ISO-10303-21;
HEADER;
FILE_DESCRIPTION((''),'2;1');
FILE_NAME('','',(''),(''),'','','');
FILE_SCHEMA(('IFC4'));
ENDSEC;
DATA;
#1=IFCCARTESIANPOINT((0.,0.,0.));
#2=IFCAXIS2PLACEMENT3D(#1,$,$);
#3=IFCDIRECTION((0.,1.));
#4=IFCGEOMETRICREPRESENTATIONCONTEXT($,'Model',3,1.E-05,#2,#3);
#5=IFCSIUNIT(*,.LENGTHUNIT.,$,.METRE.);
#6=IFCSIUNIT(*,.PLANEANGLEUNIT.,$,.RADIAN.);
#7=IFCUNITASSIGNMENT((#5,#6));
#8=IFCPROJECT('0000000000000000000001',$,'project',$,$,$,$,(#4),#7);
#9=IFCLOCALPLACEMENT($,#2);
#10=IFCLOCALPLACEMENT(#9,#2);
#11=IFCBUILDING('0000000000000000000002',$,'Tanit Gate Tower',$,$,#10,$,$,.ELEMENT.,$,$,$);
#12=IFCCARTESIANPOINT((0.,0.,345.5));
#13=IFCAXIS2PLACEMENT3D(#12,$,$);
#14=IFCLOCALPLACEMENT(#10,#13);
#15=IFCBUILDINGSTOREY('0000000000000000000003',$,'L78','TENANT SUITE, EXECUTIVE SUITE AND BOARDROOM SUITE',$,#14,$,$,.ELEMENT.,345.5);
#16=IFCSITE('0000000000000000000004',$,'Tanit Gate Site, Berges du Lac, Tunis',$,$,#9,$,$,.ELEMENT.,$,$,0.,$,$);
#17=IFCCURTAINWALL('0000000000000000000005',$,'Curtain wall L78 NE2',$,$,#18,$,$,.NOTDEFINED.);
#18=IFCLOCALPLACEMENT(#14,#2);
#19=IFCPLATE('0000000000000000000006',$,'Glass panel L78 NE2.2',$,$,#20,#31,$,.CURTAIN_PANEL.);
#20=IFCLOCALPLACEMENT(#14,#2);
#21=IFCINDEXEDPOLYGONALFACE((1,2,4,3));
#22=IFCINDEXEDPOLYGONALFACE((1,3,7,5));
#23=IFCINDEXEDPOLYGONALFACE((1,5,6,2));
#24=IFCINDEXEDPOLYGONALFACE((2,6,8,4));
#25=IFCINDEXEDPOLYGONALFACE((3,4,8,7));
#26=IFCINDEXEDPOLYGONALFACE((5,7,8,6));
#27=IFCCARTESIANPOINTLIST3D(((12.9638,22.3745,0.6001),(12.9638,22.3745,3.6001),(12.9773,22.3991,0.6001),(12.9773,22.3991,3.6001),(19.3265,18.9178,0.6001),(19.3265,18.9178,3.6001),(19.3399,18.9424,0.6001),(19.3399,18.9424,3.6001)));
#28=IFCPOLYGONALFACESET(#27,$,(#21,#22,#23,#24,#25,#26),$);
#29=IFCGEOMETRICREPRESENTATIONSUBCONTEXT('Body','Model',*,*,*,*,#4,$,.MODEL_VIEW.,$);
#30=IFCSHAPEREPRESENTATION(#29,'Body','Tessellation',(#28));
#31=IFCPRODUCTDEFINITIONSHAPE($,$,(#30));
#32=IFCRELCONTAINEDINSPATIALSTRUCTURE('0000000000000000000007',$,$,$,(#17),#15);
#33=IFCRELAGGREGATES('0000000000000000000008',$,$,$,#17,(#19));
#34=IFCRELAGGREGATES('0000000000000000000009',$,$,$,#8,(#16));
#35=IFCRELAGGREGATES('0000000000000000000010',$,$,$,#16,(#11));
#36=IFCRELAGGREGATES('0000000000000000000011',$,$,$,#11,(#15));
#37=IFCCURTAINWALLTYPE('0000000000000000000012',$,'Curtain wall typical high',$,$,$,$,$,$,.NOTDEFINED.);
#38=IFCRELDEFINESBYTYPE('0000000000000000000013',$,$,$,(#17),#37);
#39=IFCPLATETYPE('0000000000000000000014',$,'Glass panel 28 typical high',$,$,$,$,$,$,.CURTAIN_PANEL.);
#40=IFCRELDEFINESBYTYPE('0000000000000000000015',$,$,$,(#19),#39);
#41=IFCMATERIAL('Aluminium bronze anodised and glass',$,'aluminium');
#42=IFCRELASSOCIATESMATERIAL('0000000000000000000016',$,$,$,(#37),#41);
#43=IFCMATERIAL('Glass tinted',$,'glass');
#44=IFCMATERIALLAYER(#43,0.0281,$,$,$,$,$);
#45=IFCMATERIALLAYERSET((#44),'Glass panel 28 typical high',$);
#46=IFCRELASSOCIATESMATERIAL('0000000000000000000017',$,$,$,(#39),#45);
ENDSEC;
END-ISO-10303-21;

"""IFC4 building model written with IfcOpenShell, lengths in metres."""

from ifc_helpers import new_model, si_unit, direction, frame, origin, origin_2d, place, context, subcontext, project, spatial, rectangle, extrude, material, layer, layer_set, type_object, element, aggregate, save


model = new_model("IFC4")

# Units and contexts
model_context = context("Model", 3, precision=1e-05, world=origin(), true_north=direction((0.0, 1.0)))
body_context = subcontext(model_context, "Body", "Model", "MODEL_VIEW")
ifc_project = project(units=[si_unit("LENGTHUNIT", "METRE"), si_unit("PLANEANGLEUNIT", "RADIAN")], contexts=[model_context])

# Site, building, storey
site_placement = place(None, origin())
site = spatial("IfcSite", under=ifc_project, at=site_placement, Name="Tanit Gate Site, Berges du Lac, Tunis", CompositionType="ELEMENT", RefElevation=0.0)
building_placement = place(site_placement, origin())
building = spatial("IfcBuilding", under=site, at=building_placement, Name="Tanit Gate Tower", CompositionType="ELEMENT")
storey_placement = place(building_placement, frame((0.0, 0.0, 345.5)))
storey = spatial("IfcBuildingStorey", under=building, at=storey_placement, Name="L78", Description="TENANT SUITE, EXECUTIVE SUITE AND BOARDROOM SUITE", CompositionType="ELEMENT", Elevation=345.5)

# Shared definitions
ifc_material_1 = material(Name="Aluminium bronze anodised and glass", Category="aluminium")
curtain_wall_type = type_object("IfcCurtainWallType", Name="Curtain wall typical high", PredefinedType="NOTDEFINED", material=ifc_material_1)

# Curtain wall
curtain_wall_1_placement = place(storey_placement, origin())
curtain_wall_1 = element("IfcCurtainWall", 1, at=curtain_wall_1_placement, inside=storey, type_object=curtain_wall_type, Name="Curtain wall L78 NE2", PredefinedType="NOTDEFINED")

# Plate
ifc_material_2 = material(Name="Glass tinted", Category="glass")
ifc_layer = layer(ifc_material_2, 0.0281)
ifc_layer_set = layer_set([ifc_layer], Name="Glass panel 28 typical high")
plate_type = type_object("IfcPlateType", Name="Glass panel 28 typical high", PredefinedType="CURTAIN_PANEL", material=ifc_layer_set)
plate_1_placement = place(storey_placement, frame((16.1519, 20.6584, 0.6001), z_axis=(0.0, 0.0, 1.0), x_axis=(-0.878696, 0.477381, 0.0)))
plate_1 = element("IfcPlate", 2, at=plate_1_placement, type_object=plate_type, Name="Glass panel L78 NE2.2", PredefinedType="CURTAIN_PANEL", context=body_context, shape_type="SweptSolid", body=[
    extrude(rectangle(XDim=7.241, YDim=0.0281, at=origin_2d()), origin(), (0.0, 0.0, 1.0), 3.0),
])
aggregate(curtain_wall_1, [plate_1])

save(model, "model.ifc")
